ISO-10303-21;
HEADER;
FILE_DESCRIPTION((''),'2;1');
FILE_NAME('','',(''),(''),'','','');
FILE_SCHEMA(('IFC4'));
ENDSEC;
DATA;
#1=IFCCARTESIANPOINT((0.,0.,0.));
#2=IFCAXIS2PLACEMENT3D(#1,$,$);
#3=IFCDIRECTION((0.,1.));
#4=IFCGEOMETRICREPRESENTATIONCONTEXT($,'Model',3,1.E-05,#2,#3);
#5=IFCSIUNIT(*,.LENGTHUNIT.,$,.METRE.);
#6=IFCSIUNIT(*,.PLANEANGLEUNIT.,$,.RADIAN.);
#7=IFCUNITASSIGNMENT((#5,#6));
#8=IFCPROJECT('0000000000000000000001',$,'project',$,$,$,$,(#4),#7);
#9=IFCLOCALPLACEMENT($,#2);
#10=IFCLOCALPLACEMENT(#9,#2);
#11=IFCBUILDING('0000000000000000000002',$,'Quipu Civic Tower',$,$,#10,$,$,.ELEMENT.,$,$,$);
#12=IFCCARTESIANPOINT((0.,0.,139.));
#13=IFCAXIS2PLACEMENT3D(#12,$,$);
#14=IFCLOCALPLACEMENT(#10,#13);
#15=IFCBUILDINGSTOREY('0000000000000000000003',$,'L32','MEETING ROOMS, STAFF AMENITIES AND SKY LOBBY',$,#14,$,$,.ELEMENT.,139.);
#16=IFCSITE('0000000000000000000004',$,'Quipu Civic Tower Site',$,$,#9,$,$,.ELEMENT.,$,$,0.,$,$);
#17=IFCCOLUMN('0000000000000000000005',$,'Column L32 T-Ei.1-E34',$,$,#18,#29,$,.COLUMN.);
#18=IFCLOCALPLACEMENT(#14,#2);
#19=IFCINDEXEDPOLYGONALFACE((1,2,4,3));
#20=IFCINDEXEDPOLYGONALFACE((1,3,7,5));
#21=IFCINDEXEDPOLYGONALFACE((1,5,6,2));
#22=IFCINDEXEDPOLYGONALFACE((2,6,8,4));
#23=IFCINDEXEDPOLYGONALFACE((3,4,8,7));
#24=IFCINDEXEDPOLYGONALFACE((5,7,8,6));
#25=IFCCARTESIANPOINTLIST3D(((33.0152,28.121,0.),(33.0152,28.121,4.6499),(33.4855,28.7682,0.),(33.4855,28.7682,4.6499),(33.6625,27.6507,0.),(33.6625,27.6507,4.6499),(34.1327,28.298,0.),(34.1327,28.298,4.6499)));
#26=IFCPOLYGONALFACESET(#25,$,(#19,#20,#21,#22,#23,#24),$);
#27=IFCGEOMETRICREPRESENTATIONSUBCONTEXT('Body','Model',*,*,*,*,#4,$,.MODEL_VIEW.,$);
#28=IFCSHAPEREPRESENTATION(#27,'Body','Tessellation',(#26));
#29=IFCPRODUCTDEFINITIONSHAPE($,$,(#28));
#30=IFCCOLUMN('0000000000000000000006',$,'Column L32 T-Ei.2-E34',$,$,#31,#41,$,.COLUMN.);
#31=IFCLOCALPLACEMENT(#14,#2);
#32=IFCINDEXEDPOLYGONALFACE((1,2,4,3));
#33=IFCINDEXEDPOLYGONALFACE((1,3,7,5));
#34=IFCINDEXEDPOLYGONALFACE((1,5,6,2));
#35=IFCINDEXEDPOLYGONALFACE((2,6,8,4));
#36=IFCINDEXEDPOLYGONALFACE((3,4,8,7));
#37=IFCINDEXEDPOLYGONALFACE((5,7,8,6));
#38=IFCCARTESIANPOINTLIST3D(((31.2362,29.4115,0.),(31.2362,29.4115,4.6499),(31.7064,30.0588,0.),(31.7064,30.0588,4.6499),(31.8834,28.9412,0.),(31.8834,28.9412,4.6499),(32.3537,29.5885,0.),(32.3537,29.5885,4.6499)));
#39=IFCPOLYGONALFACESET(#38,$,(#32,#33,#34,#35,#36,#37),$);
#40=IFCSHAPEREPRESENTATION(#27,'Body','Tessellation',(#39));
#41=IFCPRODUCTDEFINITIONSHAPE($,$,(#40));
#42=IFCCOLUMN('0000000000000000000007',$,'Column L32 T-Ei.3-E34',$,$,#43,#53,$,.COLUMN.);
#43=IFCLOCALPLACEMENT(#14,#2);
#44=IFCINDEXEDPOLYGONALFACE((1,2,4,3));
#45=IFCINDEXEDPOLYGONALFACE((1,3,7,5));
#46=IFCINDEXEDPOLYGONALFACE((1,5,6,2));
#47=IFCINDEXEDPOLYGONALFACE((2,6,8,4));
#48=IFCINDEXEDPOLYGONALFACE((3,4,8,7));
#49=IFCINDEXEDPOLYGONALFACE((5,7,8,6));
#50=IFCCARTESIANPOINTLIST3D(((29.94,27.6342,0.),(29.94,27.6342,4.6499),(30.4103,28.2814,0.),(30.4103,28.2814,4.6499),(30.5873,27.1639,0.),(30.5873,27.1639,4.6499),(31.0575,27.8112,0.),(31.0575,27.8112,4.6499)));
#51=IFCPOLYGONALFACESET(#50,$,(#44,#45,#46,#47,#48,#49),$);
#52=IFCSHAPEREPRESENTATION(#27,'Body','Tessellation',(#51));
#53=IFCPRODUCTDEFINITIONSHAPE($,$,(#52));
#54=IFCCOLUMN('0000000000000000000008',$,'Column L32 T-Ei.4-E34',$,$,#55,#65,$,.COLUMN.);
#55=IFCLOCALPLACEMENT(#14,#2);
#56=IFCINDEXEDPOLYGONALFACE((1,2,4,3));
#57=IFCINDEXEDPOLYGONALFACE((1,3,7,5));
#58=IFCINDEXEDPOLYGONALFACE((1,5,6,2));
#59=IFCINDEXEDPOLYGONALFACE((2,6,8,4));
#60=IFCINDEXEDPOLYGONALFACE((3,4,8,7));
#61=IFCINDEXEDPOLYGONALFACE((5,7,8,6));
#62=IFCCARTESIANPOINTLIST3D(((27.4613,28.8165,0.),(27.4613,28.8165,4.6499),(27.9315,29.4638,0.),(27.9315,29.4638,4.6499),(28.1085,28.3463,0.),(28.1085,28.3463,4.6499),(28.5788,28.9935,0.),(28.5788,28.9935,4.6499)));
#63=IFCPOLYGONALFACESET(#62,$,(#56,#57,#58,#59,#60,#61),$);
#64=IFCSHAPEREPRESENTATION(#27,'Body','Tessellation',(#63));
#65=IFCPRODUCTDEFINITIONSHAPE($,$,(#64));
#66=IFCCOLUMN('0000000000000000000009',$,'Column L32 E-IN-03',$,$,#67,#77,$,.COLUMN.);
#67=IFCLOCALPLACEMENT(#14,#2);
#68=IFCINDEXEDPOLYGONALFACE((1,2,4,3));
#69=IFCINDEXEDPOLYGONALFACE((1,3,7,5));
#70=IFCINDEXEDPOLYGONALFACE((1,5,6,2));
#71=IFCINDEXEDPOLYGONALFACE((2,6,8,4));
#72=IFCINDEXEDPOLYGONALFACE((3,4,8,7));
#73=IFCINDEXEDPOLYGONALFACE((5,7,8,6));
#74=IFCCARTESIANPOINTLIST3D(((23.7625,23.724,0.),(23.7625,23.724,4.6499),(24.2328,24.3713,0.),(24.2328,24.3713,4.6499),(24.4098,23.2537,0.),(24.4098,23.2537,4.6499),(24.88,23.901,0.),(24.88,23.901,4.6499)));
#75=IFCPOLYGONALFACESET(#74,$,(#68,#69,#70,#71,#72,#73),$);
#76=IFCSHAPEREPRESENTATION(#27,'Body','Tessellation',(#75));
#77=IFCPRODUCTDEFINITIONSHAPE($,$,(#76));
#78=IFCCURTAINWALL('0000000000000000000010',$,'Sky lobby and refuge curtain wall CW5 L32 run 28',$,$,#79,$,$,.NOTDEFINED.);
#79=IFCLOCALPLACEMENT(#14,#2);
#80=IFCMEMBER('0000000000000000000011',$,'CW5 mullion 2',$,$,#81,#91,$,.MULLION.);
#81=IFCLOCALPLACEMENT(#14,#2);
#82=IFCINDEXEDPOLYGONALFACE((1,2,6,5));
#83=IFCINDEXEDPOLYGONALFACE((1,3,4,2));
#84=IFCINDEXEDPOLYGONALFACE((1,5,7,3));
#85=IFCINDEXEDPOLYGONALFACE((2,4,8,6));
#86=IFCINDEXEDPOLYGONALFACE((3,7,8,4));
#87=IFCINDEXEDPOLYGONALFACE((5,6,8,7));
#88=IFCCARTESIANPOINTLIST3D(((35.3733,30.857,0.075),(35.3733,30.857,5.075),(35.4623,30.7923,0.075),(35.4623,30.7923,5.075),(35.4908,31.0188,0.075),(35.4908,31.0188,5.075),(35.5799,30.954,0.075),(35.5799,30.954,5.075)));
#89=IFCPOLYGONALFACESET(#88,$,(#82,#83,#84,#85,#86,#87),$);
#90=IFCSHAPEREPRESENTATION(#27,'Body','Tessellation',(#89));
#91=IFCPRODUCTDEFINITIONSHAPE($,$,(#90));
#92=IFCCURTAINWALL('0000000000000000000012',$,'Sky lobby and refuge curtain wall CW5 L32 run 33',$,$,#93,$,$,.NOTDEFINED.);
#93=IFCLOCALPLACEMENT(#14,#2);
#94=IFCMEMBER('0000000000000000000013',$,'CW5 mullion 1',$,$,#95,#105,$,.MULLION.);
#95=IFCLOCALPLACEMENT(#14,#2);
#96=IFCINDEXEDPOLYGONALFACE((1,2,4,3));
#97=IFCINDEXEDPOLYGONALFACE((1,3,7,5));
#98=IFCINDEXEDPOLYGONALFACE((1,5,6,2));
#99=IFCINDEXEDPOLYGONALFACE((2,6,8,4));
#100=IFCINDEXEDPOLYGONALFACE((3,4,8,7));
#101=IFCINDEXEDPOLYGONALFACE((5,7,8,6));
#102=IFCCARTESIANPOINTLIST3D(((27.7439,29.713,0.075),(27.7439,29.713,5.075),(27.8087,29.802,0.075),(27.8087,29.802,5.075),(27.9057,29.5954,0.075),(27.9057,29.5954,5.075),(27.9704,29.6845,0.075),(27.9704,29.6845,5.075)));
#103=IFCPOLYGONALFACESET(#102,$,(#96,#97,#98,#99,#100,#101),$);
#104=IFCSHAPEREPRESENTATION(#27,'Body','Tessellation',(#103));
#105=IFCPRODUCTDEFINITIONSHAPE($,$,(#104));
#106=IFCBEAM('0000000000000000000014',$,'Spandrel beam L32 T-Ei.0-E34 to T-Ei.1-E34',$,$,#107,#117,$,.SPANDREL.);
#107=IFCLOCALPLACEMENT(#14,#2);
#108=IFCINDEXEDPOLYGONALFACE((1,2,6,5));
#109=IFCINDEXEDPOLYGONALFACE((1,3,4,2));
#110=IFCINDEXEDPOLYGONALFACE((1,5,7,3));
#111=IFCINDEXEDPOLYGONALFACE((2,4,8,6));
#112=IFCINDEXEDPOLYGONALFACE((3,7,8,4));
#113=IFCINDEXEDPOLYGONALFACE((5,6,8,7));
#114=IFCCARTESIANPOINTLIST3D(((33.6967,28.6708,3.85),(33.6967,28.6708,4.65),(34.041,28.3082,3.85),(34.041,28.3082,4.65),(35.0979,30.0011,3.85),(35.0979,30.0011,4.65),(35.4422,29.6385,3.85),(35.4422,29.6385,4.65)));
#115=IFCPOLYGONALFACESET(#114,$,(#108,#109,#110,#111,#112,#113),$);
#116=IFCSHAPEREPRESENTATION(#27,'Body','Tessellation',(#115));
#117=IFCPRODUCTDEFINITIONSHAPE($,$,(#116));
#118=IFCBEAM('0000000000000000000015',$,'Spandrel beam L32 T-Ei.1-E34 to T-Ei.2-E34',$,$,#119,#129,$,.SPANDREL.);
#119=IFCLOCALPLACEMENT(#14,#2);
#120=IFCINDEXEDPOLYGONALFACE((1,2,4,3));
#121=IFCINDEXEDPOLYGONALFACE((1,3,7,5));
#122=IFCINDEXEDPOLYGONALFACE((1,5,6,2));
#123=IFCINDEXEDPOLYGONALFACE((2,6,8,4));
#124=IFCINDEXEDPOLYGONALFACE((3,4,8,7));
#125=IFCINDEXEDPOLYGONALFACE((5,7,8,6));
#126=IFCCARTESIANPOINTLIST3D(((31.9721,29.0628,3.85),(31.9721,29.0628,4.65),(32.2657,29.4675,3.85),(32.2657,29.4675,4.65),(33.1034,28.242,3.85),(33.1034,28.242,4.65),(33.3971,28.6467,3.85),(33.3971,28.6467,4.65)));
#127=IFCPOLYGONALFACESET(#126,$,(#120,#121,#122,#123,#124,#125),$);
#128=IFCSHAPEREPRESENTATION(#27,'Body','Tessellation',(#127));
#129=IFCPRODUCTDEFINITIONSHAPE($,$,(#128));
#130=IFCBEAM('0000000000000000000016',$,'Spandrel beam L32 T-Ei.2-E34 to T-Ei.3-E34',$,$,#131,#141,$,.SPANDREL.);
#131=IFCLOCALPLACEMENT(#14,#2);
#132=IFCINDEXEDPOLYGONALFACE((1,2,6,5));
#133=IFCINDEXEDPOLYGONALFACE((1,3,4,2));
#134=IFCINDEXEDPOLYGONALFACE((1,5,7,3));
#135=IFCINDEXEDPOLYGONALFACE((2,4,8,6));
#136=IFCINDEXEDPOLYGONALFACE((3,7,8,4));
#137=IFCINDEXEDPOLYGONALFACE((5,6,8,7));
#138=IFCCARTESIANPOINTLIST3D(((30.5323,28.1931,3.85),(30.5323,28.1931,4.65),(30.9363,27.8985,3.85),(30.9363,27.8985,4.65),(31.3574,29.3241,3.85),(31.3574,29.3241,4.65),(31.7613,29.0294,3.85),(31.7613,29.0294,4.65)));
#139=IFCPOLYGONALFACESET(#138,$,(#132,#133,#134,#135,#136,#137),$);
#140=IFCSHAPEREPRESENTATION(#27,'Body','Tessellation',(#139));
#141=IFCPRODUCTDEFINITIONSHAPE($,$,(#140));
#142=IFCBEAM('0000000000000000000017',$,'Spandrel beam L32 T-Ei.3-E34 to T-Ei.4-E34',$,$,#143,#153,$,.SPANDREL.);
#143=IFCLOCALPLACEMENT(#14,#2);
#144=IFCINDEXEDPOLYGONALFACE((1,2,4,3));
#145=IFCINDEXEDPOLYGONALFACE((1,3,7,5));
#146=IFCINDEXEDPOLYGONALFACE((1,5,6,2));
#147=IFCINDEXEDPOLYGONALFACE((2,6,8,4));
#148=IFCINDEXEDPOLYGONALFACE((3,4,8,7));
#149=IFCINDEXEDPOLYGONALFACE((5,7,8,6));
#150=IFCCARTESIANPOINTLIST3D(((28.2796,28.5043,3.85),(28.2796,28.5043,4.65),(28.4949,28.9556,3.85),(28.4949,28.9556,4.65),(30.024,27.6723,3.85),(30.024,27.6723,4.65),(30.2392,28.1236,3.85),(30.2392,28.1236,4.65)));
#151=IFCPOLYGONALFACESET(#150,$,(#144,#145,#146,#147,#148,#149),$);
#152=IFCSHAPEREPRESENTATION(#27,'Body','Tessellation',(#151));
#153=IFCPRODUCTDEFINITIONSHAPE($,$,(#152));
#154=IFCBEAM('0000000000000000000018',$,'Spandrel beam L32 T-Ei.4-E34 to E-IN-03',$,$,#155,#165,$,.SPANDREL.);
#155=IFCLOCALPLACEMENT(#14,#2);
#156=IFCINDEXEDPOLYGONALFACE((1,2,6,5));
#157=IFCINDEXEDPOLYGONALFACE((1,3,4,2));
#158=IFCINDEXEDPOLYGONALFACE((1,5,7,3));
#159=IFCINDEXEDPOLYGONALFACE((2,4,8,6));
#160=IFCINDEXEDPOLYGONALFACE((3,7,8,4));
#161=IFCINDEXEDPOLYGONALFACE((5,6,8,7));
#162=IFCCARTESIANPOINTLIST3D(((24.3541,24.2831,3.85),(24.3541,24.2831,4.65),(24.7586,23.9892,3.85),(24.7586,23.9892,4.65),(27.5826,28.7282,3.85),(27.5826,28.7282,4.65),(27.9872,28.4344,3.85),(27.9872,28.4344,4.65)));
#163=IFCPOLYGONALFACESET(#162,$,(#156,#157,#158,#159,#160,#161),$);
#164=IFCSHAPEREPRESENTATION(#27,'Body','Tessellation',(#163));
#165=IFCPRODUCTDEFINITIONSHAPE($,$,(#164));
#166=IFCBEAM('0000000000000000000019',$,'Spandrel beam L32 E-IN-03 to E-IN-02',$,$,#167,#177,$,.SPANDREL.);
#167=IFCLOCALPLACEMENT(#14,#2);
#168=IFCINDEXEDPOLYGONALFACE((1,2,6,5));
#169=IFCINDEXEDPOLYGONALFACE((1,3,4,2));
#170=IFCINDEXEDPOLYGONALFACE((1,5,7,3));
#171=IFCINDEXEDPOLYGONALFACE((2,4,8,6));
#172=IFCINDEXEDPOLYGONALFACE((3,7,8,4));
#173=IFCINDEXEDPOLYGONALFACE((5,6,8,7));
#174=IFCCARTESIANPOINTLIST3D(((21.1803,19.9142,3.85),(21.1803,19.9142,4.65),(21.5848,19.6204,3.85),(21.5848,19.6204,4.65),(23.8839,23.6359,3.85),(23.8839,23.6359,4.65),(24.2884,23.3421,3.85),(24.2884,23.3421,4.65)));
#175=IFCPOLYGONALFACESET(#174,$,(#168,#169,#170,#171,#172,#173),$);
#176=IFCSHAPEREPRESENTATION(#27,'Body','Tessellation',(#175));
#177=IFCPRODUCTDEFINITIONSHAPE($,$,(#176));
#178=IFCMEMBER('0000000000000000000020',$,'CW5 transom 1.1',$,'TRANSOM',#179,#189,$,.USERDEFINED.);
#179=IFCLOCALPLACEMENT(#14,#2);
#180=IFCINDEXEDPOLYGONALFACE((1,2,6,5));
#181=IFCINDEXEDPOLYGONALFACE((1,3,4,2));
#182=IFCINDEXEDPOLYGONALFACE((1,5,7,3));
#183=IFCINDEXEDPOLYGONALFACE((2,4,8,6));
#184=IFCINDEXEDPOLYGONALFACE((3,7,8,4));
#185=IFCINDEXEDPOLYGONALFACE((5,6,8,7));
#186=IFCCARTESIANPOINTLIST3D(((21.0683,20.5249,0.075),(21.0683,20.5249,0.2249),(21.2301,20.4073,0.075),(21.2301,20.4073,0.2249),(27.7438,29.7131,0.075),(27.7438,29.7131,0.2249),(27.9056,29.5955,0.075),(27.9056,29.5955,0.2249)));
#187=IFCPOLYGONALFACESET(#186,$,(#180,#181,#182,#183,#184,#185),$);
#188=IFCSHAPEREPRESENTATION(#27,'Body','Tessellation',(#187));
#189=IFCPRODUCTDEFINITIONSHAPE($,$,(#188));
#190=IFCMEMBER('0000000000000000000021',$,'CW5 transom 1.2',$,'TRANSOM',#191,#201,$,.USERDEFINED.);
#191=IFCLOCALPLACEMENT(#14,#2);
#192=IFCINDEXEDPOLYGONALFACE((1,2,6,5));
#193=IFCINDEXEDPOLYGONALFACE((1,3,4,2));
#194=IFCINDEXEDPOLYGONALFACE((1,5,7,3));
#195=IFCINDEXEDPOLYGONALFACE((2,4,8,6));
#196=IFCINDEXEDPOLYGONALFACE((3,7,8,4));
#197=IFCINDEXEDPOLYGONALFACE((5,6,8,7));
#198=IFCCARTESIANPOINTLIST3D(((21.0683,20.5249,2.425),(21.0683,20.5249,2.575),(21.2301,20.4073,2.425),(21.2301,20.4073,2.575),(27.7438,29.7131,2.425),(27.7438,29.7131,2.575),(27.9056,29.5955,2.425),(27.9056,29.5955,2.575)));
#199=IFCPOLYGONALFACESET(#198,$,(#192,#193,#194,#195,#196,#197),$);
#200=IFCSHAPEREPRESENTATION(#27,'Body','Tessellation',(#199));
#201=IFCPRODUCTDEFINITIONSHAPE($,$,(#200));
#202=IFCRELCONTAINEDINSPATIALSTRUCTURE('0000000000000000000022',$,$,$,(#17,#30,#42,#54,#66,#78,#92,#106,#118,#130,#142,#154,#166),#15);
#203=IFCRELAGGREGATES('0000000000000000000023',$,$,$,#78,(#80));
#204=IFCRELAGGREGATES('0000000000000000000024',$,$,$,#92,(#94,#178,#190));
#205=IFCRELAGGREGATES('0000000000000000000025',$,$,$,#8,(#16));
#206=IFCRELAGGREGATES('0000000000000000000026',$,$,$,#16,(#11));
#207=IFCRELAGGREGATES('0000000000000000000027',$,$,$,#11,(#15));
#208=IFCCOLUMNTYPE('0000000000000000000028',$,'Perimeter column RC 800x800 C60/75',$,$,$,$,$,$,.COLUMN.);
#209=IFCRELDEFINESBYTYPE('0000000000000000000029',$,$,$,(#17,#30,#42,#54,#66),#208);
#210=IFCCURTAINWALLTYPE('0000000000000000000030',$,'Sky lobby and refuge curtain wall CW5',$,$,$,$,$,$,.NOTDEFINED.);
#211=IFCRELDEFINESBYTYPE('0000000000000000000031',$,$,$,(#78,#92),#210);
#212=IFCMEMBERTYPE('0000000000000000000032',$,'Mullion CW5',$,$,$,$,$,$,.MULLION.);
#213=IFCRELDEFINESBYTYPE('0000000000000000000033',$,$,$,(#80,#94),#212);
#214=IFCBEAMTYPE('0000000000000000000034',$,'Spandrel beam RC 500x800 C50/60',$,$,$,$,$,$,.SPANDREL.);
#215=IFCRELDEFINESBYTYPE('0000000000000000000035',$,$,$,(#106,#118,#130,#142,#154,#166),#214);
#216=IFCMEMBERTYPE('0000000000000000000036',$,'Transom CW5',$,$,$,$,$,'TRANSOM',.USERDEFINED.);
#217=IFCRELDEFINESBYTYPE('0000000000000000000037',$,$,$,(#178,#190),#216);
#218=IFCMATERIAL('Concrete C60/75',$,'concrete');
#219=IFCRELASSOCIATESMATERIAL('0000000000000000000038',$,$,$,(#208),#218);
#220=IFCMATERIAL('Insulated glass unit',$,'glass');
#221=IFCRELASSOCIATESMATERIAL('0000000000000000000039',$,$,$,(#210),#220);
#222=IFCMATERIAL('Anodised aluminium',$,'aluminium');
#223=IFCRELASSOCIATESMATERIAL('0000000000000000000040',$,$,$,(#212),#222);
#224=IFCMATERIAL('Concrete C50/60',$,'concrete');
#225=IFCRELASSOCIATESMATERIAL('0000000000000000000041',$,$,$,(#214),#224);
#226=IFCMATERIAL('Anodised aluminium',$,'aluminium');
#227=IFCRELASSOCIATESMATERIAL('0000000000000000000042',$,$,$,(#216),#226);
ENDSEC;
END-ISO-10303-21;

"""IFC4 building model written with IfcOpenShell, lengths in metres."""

from ifc_helpers import new_model, si_unit, direction, frame, origin, origin_2d, place, context, subcontext, project, spatial, rectangle, extrude, material, material_profile, profile_set, type_object, element, aggregate, save


model = new_model("IFC4")

# Units and contexts
model_context = context("Model", 3, precision=1e-05, world=origin(), true_north=direction((0.0, 1.0)))
body_context = subcontext(model_context, "Body", "Model", "MODEL_VIEW")
ifc_project = project(units=[si_unit("LENGTHUNIT", "METRE"), si_unit("PLANEANGLEUNIT", "RADIAN")], contexts=[model_context])

# Site, building, storey
site_placement = place(None, origin())
site = spatial("IfcSite", under=ifc_project, at=site_placement, Name="Quipu Civic Tower Site", CompositionType="ELEMENT", RefElevation=0.0)
building_placement = place(site_placement, origin())
building = spatial("IfcBuilding", under=site, at=building_placement, Name="Quipu Civic Tower", CompositionType="ELEMENT")
storey_placement = place(building_placement, frame((0.0, 0.0, 139.0)))
storey = spatial("IfcBuildingStorey", under=building, at=storey_placement, Name="L32", Description="MEETING ROOMS, STAFF AMENITIES AND SKY LOBBY", CompositionType="ELEMENT", Elevation=139.0)

# Columns
ifc_material_1 = material(Name="Concrete C60/75", Category="concrete")
ifc_material_profile_1 = material_profile(ifc_material_1, rectangle(XDim=0.8, YDim=0.8, at=origin_2d()), Name="RC800x800")
ifc_profile_set_1 = profile_set([ifc_material_profile_1], Name="Concrete C60/75")
column_type = type_object("IfcColumnType", Name="Perimeter column RC 800x800 C60/75", PredefinedType="COLUMN", material=ifc_profile_set_1)
for number, where, z_axis, x_axis, name in (
    (1, (33.574, 28.2095, 0.0), (0.0, 0.0, 1.0), (-0.809017, 0.587785, 0.0), "Column L32 T-Ei.1-E34"),
    (2, (31.7949, 29.5, 0.0), (0.0, 0.0, 1.0), (-0.587785, -0.809017, 0.0), "Column L32 T-Ei.2-E34"),
    (3, (30.4988, 27.7227, 0.0), (0.0, 0.0, 1.0), (-0.809017, 0.587785, 0.0), "Column L32 T-Ei.3-E34"),
    (4, (28.02, 28.905, 0.0), (0.0, 0.0, 1.0), (-0.809017, 0.587785, 0.0), "Column L32 T-Ei.4-E34"),
    (5, (24.3213, 23.8125, 0.0), (0.0, 0.0, 1.0), (-0.587785, -0.809017, 0.0), "Column L32 E-IN-03"),
):
    element("IfcColumn", number, at=place(storey_placement, frame(where, z_axis=z_axis, x_axis=x_axis)), inside=storey, type_object=column_type, Name=name, PredefinedType="COLUMN", context=body_context, shape_type="SweptSolid", body=[
        extrude(rectangle(XDim=0.8, YDim=0.8, at=origin_2d()), origin(), (0.0, 0.0, 1.0), 4.6499),
    ])

# Curtain walls, members
ifc_material_2 = material(Name="Insulated glass unit", Category="glass")
curtain_wall_type = type_object("IfcCurtainWallType", Name="Sky lobby and refuge curtain wall CW5", PredefinedType="NOTDEFINED", material=ifc_material_2)
curtain_wall_1_placement = place(storey_placement, origin())
curtain_wall_1 = element("IfcCurtainWall", 6, at=curtain_wall_1_placement, inside=storey, type_object=curtain_wall_type, Name="Sky lobby and refuge curtain wall CW5 L32 run 28", PredefinedType="NOTDEFINED")
ifc_material_3 = material(Name="Anodised aluminium", Category="aluminium")
ifc_material_profile_2 = material_profile(ifc_material_3, rectangle(XDim=0.2, YDim=0.1101, at=origin_2d()), Name="RECT 200x110")
ifc_profile_set_2 = profile_set([ifc_material_profile_2], Name="Anodised aluminium")
member_type_1 = type_object("IfcMemberType", Name="Mullion CW5", PredefinedType="MULLION", material=ifc_profile_set_2)
member_1_placement = place(storey_placement, frame((35.4766, 30.9055, 0.075), z_axis=(0.0, 0.0, 1.0), x_axis=(-0.587788, -0.809015, 0.0)))
member_1 = element("IfcMember", 7, at=member_1_placement, type_object=member_type_1, Name="CW5 mullion 2", PredefinedType="MULLION", context=body_context, shape_type="SweptSolid", body=[
    extrude(rectangle(XDim=0.2, YDim=0.1101, at=origin_2d()), origin(), (0.0, 0.0, 1.0), 5.0),
])
aggregate(curtain_wall_1, [member_1])
curtain_wall_2_placement = place(storey_placement, origin())
curtain_wall_2 = element("IfcCurtainWall", 8, at=curtain_wall_2_placement, inside=storey, type_object=curtain_wall_type, Name="Sky lobby and refuge curtain wall CW5 L32 run 33", PredefinedType="NOTDEFINED")
member_2_placement = place(storey_placement, frame((27.8572, 29.6987, 0.075), z_axis=(0.0, 0.0, 1.0), x_axis=(0.809014, -0.587789, 0.0)))
member_2 = element("IfcMember", 9, at=member_2_placement, type_object=member_type_1, Name="CW5 mullion 1", PredefinedType="MULLION", context=body_context, shape_type="SweptSolid", body=[
    extrude(rectangle(XDim=0.2, YDim=0.1101, at=origin_2d()), origin(), (0.0, 0.0, 1.0), 5.0),
])

# Beams
ifc_material_4 = material(Name="Concrete C50/60", Category="concrete")
ifc_material_profile_3 = material_profile(ifc_material_4, rectangle(XDim=0.5, YDim=0.8, at=origin_2d()), Name="RC500x800")
ifc_profile_set_3 = profile_set([ifc_material_profile_3], Name="Concrete C50/60")
beam_type = type_object("IfcBeamType", Name="Spandrel beam RC 500x800 C50/60", PredefinedType="SPANDREL", material=ifc_profile_set_3)
beam_1_placement = place(storey_placement, frame((35.27, 29.8198, 4.25), z_axis=(-0.725192, -0.688547, 0.0), x_axis=(0.688547, -0.725192, 0.0)))
element("IfcBeam", 10, at=beam_1_placement, inside=storey, type_object=beam_type, Name="Spandrel beam L32 T-Ei.0-E34 to T-Ei.1-E34", PredefinedType="SPANDREL", context=body_context, shape_type="SweptSolid", body=[
    extrude(rectangle(XDim=0.5, YDim=0.8, at=origin_2d()), origin(), (0.0, 0.0, 1.0), 1.9321),
])
beam_2_placement = place(storey_placement, frame((33.2502, 28.4443, 4.25), z_axis=(-0.809415, 0.587237, 0.0), x_axis=(-0.587237, -0.809415, 0.0)))
element("IfcBeam", 11, at=beam_2_placement, inside=storey, type_object=beam_type, Name="Spandrel beam L32 T-Ei.1-E34 to T-Ei.2-E34", PredefinedType="SPANDREL", context=body_context, shape_type="SweptSolid", body=[
    extrude(rectangle(XDim=0.5, YDim=0.8, at=origin_2d()), origin(), (0.0, 0.0, 1.0), 1.3977),
])
beam_3_placement = place(storey_placement, frame((31.5593, 29.1768, 4.25), z_axis=(-0.589343, -0.807883, 0.0), x_axis=(0.807883, -0.589343, 0.0)))
element("IfcBeam", 12, at=beam_3_placement, inside=storey, type_object=beam_type, Name="Spandrel beam L32 T-Ei.2-E34 to T-Ei.3-E34", PredefinedType="SPANDREL", context=body_context, shape_type="SweptSolid", body=[
    extrude(rectangle(XDim=0.5, YDim=0.8, at=origin_2d()), origin(), (0.0, 0.0, 1.0), 1.3999),
])
beam_4_placement = place(storey_placement, frame((30.1316, 27.8979, 4.25), z_axis=(-0.902585, 0.430512, 0.0), x_axis=(-0.430512, -0.902585, 0.0)))
element("IfcBeam", 13, at=beam_4_placement, inside=storey, type_object=beam_type, Name="Spandrel beam L32 T-Ei.3-E34 to T-Ei.4-E34", PredefinedType="SPANDREL", context=body_context, shape_type="SweptSolid", body=[
    extrude(rectangle(XDim=0.5, YDim=0.8, at=origin_2d()), origin(), (0.0, 0.0, 1.0), 1.9326),
])
beam_5_placement = place(storey_placement, frame((27.7849, 28.5813, 4.25), z_axis=(-0.587664, -0.809105, 0.0), x_axis=(0.809105, -0.587664, 0.0)))
element("IfcBeam", 14, at=beam_5_placement, inside=storey, type_object=beam_type, Name="Spandrel beam L32 T-Ei.4-E34 to E-IN-03", PredefinedType="SPANDREL", context=body_context, shape_type="SweptSolid", body=[
    extrude(rectangle(XDim=0.5, YDim=0.8, at=origin_2d()), origin(), (0.0, 0.0, 1.0), 5.4939),
])
beam_6_placement = place(storey_placement, frame((24.0862, 23.489, 4.25), z_axis=(-0.587736, -0.809053, 0.0), x_axis=(0.809053, -0.587736, 0.0)))
element("IfcBeam", 15, at=beam_6_placement, inside=storey, type_object=beam_type, Name="Spandrel beam L32 E-IN-03 to E-IN-02", PredefinedType="SPANDREL", context=body_context, shape_type="SweptSolid", body=[
    extrude(rectangle(XDim=0.5, YDim=0.8, at=origin_2d()), origin(), (0.0, 0.0, 1.0), 4.6001),
])

# Members
ifc_material_5 = material(Name="Anodised aluminium", Category="aluminium")
ifc_material_profile_4 = material_profile(ifc_material_5, rectangle(XDim=0.2, YDim=0.1499, at=origin_2d()), Name="RECT 200x150")
ifc_profile_set_4 = profile_set([ifc_material_profile_4], Name="Anodised aluminium")
member_type_2 = type_object("IfcMemberType", Name="Transom CW5", ElementType="TRANSOM", PredefinedType="USERDEFINED", material=ifc_profile_set_4)
member_3_placement = place(storey_placement, frame((27.8247, 29.6543, 0.1499), z_axis=(-0.587779, -0.809021, 0.0), x_axis=(0.809021, -0.587779, 0.0)))
member_3 = element("IfcMember", 16, at=member_3_placement, type_object=member_type_2, Name="CW5 transom 1.1", ObjectType="TRANSOM", PredefinedType="USERDEFINED", context=body_context, shape_type="SweptSolid", body=[
    extrude(rectangle(XDim=0.2, YDim=0.1499, at=origin_2d()), origin(), (0.0, 0.0, 1.0), 11.3572),
])
member_4_placement = place(storey_placement, frame((27.8247, 29.6543, 2.5), z_axis=(-0.587779, -0.809021, 0.0), x_axis=(0.809021, -0.587779, 0.0)))
member_4 = element("IfcMember", 17, at=member_4_placement, type_object=member_type_2, Name="CW5 transom 1.2", ObjectType="TRANSOM", PredefinedType="USERDEFINED", context=body_context, shape_type="SweptSolid", body=[
    extrude(rectangle(XDim=0.2, YDim=0.1499, at=origin_2d()), origin(), (0.0, 0.0, 1.0), 11.3572),
])

aggregate(curtain_wall_2, [member_2, member_3, member_4])

save(model, "model.ifc")
